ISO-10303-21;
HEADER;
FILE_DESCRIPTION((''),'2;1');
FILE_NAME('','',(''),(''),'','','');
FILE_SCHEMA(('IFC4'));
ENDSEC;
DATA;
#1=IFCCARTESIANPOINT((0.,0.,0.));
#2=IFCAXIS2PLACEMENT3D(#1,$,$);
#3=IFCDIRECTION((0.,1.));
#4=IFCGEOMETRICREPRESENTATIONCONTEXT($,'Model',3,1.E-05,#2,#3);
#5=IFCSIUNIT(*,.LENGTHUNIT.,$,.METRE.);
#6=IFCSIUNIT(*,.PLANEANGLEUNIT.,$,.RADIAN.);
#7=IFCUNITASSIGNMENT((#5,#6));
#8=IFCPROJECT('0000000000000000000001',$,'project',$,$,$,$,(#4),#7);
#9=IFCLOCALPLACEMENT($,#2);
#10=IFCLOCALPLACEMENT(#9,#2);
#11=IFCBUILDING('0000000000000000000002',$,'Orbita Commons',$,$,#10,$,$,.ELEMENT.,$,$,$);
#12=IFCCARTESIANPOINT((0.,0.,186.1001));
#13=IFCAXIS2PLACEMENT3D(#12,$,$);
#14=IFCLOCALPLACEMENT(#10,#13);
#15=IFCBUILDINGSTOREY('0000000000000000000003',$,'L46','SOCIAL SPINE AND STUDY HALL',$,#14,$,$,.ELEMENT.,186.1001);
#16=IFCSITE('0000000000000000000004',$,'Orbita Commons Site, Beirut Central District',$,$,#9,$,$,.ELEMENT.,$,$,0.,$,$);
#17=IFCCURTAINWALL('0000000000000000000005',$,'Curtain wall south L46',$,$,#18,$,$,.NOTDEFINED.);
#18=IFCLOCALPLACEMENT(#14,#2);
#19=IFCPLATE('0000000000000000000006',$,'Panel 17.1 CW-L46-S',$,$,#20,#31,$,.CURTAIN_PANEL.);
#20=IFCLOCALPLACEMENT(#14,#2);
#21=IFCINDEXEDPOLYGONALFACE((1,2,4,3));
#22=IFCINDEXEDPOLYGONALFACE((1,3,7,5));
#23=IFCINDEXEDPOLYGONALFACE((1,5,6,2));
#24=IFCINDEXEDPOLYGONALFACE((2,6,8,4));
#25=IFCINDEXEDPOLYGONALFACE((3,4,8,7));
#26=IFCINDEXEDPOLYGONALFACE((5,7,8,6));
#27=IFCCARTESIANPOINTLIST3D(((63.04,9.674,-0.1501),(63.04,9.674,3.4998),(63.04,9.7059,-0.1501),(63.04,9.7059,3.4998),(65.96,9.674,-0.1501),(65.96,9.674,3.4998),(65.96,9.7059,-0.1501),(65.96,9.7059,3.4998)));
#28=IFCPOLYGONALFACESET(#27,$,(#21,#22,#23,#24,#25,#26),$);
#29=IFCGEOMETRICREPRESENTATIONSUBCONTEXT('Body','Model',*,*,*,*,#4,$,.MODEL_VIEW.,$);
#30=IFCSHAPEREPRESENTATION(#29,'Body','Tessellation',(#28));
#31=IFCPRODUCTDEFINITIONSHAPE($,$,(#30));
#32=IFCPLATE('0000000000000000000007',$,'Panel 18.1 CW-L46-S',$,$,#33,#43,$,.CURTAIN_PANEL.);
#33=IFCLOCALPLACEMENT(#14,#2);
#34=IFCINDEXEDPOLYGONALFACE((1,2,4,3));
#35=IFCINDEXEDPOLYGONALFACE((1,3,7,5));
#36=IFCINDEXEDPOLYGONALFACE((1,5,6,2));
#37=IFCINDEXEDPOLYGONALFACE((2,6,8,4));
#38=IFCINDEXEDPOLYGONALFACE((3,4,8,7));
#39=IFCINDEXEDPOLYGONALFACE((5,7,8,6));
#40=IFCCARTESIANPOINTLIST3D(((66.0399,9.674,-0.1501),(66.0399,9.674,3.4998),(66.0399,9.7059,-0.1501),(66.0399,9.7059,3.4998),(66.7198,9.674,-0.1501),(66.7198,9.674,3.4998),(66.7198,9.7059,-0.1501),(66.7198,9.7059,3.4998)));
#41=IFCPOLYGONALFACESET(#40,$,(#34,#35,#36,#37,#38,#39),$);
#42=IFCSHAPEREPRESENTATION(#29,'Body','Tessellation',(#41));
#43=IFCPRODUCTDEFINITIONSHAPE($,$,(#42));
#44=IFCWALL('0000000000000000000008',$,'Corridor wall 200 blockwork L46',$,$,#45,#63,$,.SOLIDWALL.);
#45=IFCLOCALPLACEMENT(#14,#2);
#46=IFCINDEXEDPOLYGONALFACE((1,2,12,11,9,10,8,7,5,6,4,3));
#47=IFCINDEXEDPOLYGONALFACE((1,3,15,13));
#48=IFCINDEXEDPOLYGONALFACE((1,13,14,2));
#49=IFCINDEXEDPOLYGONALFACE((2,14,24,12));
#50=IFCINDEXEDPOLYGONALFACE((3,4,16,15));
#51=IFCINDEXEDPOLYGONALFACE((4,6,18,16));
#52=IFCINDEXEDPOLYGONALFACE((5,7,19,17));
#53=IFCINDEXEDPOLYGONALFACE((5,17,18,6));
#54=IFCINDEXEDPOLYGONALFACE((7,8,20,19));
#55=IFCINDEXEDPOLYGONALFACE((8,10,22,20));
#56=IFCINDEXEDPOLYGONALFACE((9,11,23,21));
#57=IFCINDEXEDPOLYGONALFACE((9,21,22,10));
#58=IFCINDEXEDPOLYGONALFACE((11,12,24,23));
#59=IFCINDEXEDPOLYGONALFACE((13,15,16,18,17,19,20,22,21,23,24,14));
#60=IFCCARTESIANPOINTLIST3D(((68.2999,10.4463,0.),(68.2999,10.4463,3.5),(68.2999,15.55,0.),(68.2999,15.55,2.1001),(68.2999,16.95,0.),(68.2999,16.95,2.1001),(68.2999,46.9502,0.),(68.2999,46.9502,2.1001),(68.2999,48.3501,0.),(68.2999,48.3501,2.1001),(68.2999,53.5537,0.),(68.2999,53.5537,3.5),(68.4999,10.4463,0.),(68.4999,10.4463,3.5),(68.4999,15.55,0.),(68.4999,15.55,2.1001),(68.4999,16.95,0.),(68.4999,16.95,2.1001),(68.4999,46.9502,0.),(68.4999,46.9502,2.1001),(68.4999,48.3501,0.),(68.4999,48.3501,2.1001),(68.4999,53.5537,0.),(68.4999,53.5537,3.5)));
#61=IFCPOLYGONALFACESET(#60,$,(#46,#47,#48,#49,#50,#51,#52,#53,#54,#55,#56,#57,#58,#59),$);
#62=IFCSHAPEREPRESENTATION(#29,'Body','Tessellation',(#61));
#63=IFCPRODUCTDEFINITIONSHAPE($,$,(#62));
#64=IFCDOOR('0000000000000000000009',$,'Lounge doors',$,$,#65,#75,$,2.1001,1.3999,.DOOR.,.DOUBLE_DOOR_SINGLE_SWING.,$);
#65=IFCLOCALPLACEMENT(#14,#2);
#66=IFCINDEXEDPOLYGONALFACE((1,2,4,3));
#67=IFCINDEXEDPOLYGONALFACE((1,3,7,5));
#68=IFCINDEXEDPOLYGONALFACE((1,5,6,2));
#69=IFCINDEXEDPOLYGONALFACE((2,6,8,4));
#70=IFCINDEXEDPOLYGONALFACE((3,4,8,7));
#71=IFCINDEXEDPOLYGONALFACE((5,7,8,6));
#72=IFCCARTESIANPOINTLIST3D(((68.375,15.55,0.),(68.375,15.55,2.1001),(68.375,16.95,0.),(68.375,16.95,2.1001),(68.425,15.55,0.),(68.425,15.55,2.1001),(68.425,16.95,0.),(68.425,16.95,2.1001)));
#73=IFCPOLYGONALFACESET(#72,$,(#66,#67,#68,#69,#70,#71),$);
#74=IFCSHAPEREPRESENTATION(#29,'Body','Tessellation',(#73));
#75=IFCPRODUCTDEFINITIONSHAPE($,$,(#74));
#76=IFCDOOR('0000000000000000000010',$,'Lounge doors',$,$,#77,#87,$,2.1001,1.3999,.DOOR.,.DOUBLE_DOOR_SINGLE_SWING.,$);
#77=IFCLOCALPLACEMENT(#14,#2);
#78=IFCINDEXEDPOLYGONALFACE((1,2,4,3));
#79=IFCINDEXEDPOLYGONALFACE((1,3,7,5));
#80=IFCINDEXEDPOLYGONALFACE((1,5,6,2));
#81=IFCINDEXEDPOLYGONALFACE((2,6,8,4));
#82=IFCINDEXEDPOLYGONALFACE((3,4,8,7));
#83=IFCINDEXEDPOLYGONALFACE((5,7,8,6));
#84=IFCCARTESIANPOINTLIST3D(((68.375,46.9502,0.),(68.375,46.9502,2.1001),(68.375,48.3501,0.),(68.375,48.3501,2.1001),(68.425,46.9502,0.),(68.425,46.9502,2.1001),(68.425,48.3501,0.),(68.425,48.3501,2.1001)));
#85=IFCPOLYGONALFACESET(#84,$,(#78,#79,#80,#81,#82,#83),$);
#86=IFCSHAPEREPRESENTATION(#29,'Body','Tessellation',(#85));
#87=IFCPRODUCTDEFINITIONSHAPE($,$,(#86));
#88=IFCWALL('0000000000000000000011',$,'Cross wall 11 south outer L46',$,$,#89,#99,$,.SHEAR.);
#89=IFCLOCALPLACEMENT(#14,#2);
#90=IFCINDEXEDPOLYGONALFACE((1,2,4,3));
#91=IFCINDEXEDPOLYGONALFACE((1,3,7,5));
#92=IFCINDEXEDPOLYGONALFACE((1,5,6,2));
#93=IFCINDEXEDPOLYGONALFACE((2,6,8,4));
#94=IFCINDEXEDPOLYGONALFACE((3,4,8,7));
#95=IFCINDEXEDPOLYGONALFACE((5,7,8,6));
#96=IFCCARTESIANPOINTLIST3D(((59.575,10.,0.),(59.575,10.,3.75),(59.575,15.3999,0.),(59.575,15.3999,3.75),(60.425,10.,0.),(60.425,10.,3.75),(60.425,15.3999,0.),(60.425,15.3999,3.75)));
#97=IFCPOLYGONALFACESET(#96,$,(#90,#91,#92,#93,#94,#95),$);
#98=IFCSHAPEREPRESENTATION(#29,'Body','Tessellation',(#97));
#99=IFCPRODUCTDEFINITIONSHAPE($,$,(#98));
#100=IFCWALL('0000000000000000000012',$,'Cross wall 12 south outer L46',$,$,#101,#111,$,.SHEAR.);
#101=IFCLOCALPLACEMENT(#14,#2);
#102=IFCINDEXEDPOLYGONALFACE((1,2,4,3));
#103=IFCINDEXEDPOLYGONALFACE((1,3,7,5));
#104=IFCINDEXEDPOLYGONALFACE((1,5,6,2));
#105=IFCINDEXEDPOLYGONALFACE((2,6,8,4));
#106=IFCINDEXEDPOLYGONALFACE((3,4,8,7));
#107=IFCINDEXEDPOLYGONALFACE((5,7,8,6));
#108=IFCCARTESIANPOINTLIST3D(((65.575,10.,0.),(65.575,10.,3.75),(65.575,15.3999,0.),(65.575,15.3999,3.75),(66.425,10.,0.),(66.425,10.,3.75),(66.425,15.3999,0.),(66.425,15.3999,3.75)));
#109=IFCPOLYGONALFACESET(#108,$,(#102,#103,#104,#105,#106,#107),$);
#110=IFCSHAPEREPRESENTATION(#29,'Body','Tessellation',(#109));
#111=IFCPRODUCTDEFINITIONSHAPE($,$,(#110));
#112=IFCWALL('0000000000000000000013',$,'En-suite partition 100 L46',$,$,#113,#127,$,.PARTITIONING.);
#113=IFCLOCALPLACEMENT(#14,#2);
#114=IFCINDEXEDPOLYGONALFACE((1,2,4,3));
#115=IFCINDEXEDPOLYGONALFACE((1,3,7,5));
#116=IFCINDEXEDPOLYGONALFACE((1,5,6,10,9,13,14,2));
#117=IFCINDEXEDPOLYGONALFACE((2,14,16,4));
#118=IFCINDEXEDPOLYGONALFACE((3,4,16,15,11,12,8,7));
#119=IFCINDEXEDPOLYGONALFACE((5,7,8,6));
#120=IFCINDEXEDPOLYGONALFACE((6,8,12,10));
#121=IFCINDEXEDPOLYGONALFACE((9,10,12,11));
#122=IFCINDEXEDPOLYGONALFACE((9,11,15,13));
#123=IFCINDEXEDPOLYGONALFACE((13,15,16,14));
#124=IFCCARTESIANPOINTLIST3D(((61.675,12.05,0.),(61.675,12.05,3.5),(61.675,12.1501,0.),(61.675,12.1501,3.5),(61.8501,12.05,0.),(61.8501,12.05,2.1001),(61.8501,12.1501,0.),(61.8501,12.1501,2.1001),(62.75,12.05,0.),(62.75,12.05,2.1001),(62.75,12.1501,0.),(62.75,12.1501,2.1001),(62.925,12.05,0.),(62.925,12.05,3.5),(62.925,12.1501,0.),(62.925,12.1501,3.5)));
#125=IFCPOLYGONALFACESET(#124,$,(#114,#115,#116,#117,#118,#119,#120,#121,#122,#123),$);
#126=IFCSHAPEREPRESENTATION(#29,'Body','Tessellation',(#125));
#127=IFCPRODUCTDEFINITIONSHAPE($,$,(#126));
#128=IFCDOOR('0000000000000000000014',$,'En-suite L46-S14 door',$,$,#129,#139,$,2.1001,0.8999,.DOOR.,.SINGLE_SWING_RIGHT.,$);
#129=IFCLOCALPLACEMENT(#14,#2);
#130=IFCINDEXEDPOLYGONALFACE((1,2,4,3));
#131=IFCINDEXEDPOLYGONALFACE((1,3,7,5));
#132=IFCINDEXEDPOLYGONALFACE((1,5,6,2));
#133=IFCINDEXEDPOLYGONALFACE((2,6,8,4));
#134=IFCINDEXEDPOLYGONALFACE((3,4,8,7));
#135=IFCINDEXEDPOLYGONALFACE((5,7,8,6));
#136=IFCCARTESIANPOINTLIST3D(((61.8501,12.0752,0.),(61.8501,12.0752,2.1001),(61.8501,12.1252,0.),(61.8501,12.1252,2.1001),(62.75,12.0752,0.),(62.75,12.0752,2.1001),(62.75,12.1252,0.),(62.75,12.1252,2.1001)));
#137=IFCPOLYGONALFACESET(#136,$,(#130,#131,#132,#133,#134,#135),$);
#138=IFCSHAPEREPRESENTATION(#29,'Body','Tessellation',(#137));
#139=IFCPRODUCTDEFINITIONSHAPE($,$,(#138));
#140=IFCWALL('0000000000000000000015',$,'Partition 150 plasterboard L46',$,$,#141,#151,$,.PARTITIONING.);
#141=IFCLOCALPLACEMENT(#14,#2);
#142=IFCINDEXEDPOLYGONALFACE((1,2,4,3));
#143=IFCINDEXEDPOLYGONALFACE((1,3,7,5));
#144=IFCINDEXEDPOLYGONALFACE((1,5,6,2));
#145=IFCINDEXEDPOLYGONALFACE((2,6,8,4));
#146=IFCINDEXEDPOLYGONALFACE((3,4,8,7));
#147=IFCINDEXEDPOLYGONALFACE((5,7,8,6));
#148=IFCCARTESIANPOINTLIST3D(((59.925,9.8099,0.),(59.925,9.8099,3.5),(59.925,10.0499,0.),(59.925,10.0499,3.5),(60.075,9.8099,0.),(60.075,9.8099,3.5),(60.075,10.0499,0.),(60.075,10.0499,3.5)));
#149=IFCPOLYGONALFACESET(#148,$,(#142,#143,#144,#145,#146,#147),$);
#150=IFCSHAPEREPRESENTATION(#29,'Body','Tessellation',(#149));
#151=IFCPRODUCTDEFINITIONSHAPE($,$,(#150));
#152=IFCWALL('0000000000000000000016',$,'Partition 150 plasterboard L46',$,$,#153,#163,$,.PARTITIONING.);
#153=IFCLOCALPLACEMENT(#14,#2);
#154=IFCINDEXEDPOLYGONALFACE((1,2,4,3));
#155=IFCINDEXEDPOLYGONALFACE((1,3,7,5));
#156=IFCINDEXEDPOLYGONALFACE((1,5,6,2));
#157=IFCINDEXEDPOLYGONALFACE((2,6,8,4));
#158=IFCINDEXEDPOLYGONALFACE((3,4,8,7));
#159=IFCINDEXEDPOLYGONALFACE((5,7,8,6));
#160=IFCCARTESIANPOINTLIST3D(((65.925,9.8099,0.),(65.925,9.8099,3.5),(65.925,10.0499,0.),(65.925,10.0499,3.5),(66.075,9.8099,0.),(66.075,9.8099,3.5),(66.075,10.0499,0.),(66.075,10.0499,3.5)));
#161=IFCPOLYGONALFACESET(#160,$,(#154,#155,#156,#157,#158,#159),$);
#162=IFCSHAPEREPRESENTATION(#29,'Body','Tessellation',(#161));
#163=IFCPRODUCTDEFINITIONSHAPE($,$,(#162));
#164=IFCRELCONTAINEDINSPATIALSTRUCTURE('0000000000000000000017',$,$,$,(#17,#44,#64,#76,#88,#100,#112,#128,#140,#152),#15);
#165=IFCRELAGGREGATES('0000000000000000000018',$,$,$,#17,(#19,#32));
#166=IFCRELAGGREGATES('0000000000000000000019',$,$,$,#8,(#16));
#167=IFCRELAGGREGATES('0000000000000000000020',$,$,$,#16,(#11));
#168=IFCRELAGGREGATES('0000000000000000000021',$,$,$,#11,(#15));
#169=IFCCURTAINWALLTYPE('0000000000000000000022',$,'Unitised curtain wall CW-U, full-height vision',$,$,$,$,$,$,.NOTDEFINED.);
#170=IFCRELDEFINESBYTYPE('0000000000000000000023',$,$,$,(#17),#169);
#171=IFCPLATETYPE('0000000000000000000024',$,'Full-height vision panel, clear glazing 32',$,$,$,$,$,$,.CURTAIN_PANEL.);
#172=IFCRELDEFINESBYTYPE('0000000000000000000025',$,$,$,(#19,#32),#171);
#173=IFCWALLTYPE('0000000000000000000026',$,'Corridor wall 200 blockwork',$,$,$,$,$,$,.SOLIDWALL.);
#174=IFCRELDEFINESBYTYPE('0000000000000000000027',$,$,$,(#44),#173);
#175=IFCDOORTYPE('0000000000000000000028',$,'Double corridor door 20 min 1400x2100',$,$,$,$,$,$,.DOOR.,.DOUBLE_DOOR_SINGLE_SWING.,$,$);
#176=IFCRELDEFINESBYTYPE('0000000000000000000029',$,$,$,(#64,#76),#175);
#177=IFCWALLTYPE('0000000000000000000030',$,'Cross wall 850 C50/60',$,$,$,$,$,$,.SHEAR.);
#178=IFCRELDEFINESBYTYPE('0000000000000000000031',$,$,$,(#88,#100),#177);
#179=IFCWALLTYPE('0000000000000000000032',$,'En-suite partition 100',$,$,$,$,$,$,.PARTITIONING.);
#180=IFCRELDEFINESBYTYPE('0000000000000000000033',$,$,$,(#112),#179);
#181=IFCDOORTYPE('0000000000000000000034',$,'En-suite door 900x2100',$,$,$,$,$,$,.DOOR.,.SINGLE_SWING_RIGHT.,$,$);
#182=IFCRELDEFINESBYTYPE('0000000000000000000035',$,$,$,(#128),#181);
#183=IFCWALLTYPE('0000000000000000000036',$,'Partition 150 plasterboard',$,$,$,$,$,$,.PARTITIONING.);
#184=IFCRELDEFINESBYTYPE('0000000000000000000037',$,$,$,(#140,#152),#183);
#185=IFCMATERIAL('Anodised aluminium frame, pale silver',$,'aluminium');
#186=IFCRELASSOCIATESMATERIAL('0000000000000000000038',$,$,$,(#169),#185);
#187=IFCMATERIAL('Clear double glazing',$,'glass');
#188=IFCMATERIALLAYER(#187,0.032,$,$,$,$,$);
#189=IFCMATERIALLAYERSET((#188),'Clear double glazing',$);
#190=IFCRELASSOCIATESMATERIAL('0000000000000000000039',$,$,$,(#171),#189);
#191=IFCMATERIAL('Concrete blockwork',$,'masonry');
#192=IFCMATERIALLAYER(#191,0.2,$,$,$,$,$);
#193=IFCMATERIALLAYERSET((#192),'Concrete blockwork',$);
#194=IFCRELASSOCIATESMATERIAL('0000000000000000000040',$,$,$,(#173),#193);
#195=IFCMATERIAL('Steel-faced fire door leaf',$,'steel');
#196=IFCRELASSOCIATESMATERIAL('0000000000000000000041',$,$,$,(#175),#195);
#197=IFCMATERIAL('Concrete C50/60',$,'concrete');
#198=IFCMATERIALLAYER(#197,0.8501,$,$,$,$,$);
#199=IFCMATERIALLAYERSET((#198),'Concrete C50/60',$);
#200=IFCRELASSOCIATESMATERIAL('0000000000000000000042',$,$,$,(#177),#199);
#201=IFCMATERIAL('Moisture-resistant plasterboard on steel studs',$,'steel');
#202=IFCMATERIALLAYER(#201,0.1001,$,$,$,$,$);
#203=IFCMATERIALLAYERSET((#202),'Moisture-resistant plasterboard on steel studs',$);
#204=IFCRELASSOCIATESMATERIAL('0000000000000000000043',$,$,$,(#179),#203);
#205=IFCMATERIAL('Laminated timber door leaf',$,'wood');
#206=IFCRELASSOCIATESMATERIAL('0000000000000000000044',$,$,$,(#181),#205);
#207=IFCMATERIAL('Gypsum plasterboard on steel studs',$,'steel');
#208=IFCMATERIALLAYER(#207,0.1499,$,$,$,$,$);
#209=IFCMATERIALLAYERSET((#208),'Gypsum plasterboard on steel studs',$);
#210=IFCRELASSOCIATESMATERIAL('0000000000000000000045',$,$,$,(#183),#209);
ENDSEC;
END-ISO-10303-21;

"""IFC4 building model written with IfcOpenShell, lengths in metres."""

from ifc_helpers import new_model, si_unit, direction, frame, frame_2d, origin, origin_2d, place, context, subcontext, project, spatial, rectangle, extrude, material, layer, layer_set, type_object, element, fill, aggregate, save


model = new_model("IFC4")

# Units and contexts
model_context = context("Model", 3, precision=1e-05, world=origin(), true_north=direction((0.0, 1.0)))
body_context = subcontext(model_context, "Body", "Model", "MODEL_VIEW")
ifc_project = project(units=[si_unit("LENGTHUNIT", "METRE"), si_unit("PLANEANGLEUNIT", "RADIAN")], contexts=[model_context])

# Site, building, storey
site_placement = place(None, origin())
site = spatial("IfcSite", under=ifc_project, at=site_placement, Name="Orbita Commons Site, Beirut Central District", CompositionType="ELEMENT", RefElevation=0.0)
building_placement = place(site_placement, origin())
building = spatial("IfcBuilding", under=site, at=building_placement, Name="Orbita Commons", CompositionType="ELEMENT")
storey_placement = place(building_placement, frame((0.0, 0.0, 186.1001)))
storey = spatial("IfcBuildingStorey", under=building, at=storey_placement, Name="L46", Description="SOCIAL SPINE AND STUDY HALL", CompositionType="ELEMENT", Elevation=186.1001)

# Curtain wall
ifc_material_1 = material(Name="Anodised aluminium frame, pale silver", Category="aluminium")
curtain_wall_type = type_object("IfcCurtainWallType", Name="Unitised curtain wall CW-U, full-height vision", PredefinedType="NOTDEFINED", material=ifc_material_1)
curtain_wall_placement = place(storey_placement, origin())
curtain_wall = element("IfcCurtainWall", 1, at=curtain_wall_placement, inside=storey, type_object=curtain_wall_type, Name="Curtain wall south L46", PredefinedType="NOTDEFINED")

# Plates
ifc_material_2 = material(Name="Clear double glazing", Category="glass")
ifc_layer_1 = layer(ifc_material_2, 0.032)
ifc_layer_set_1 = layer_set([ifc_layer_1], Name="Clear double glazing")
plate_type = type_object("IfcPlateType", Name="Full-height vision panel, clear glazing 32", PredefinedType="CURTAIN_PANEL", material=ifc_layer_set_1)
plate_1_placement = place(storey_placement, frame((64.5, 9.6899, -0.1501), z_axis=(0.0, 0.0, 1.0), x_axis=(1.0, 0.0, 0.0)))
plate_1 = element("IfcPlate", 2, at=plate_1_placement, type_object=plate_type, Name="Panel 17.1 CW-L46-S", PredefinedType="CURTAIN_PANEL", context=body_context, shape_type="SweptSolid", body=[
    extrude(rectangle(XDim=2.9199, YDim=0.032, at=origin_2d()), origin(), (0.0, 0.0, 1.0), 3.6499),
])
plate_2_placement = place(storey_placement, frame((66.3799, 9.6899, -0.1501), z_axis=(0.0, 0.0, 1.0), x_axis=(1.0, 0.0, 0.0)))
plate_2 = element("IfcPlate", 3, at=plate_2_placement, type_object=plate_type, Name="Panel 18.1 CW-L46-S", PredefinedType="CURTAIN_PANEL", context=body_context, shape_type="SweptSolid", body=[
    extrude(rectangle(XDim=0.6799, YDim=0.032, at=origin_2d()), origin(), (0.0, 0.0, 1.0), 3.6499),
])
aggregate(curtain_wall, [plate_1, plate_2])

# Wall, openings, doors
ifc_material_3 = material(Name="Concrete blockwork", Category="masonry")
ifc_layer_2 = layer(ifc_material_3, 0.2)
ifc_layer_set_2 = layer_set([ifc_layer_2], Name="Concrete blockwork")
wall_type_1 = type_object("IfcWallType", Name="Corridor wall 200 blockwork", PredefinedType="SOLIDWALL", material=ifc_layer_set_2)
wall_1_placement = place(storey_placement, frame((68.3999, 10.4463, 0.0), z_axis=(0.0, 0.0, 1.0), x_axis=(0.0, 1.0, 0.0)))
wall_1 = element("IfcWall", 4, at=wall_1_placement, inside=storey, type_object=wall_type_1, Name="Corridor wall 200 blockwork L46", PredefinedType="SOLIDWALL", context=body_context, shape_type="SweptSolid", body=[
    extrude(rectangle(XDim=43.1074, YDim=0.2, at=frame_2d((21.5537, 0.0))), origin(), (0.0, 0.0, 1.0), 3.5),
])
opening_1_placement = place(wall_1_placement, frame((5.1038, 0.0, 0.0)))
opening_1 = element("IfcOpeningElement", 5, at=opening_1_placement, cuts=wall_1, PredefinedType="OPENING", context=body_context, shape_type="SweptSolid", body=[
    extrude(rectangle(XDim=1.3999, YDim=2.1001, at=frame_2d((0.7, 1.05))), frame((0.0, 0.1099, 0.0), z_axis=(0.0, -1.0, 0.0), x_axis=(1.0, 0.0, 0.0)), (0.0, 0.0, 1.0), 0.22),
])
opening_2_placement = place(wall_1_placement, frame((36.5039, 0.0, 0.0)))
opening_2 = element("IfcOpeningElement", 6, at=opening_2_placement, cuts=wall_1, PredefinedType="OPENING", context=body_context, shape_type="SweptSolid", body=[
    extrude(rectangle(XDim=1.3999, YDim=2.1001, at=frame_2d((0.7, 1.05))), frame((0.0, 0.1099, 0.0), z_axis=(0.0, -1.0, 0.0), x_axis=(1.0, 0.0, 0.0)), (0.0, 0.0, 1.0), 0.22),
])
ifc_material_4 = material(Name="Steel-faced fire door leaf", Category="steel")
door_type_1 = type_object("IfcDoorType", Name="Double corridor door 20 min 1400x2100", OperationType="DOUBLE_DOOR_SINGLE_SWING", PredefinedType="DOOR", material=ifc_material_4)
door_1_placement = place(opening_1_placement, origin())
door_1 = element("IfcDoor", 7, at=door_1_placement, inside=storey, type_object=door_type_1, Name="Lounge doors", OperationType="DOUBLE_DOOR_SINGLE_SWING", OverallHeight=2.1001, OverallWidth=1.3999, PredefinedType="DOOR", context=body_context, shape_type="SweptSolid", body=[
    extrude(rectangle(XDim=1.3999, YDim=2.1001, at=frame_2d((0.7, 1.05))), frame((0.0, 0.0249, 0.0), z_axis=(0.0, -1.0, 0.0), x_axis=(1.0, 0.0, 0.0)), (0.0, 0.0, 1.0), 0.05),
])
fill(opening_1, door_1)
door_2_placement = place(opening_2_placement, origin())
door_2 = element("IfcDoor", 8, at=door_2_placement, inside=storey, type_object=door_type_1, Name="Lounge doors", OperationType="DOUBLE_DOOR_SINGLE_SWING", OverallHeight=2.1001, OverallWidth=1.3999, PredefinedType="DOOR", context=body_context, shape_type="SweptSolid", body=[
    extrude(rectangle(XDim=1.3999, YDim=2.1001, at=frame_2d((0.7, 1.05))), frame((0.0, 0.0249, 0.0), z_axis=(0.0, -1.0, 0.0), x_axis=(1.0, 0.0, 0.0)), (0.0, 0.0, 1.0), 0.05),
])
fill(opening_2, door_2)

# Walls
ifc_material_5 = material(Name="Concrete C50/60", Category="concrete")
ifc_layer_3 = layer(ifc_material_5, 0.8501)
ifc_layer_set_3 = layer_set([ifc_layer_3], Name="Concrete C50/60")
wall_type_2 = type_object("IfcWallType", Name="Cross wall 850 C50/60", PredefinedType="SHEAR", material=ifc_layer_set_3)
for number, where, z_axis, x_axis, name in (
    (9, (60.0, 10.0, 0.0), (0.0, 0.0, 1.0), (0.0, 1.0, 0.0), "Cross wall 11 south outer L46"),
    (10, (66.0, 10.0, 0.0), (0.0, 0.0, 1.0), (0.0, 1.0, 0.0), "Cross wall 12 south outer L46"),
):
    element("IfcWall", number, at=place(storey_placement, frame(where, z_axis=z_axis, x_axis=x_axis)), inside=storey, type_object=wall_type_2, Name=name, PredefinedType="SHEAR", context=body_context, shape_type="SweptSolid", body=[
        extrude(rectangle(XDim=5.3999, YDim=0.8501, at=frame_2d((2.7, 0.0))), origin(), (0.0, 0.0, 1.0), 3.75),
    ])

# Wall, opening, door
ifc_material_6 = material(Name="Moisture-resistant plasterboard on steel studs", Category="steel")
ifc_layer_4 = layer(ifc_material_6, 0.1001)
ifc_layer_set_4 = layer_set([ifc_layer_4], Name="Moisture-resistant plasterboard on steel studs")
wall_type_3 = type_object("IfcWallType", Name="En-suite partition 100", PredefinedType="PARTITIONING", material=ifc_layer_set_4)
wall_2_placement = place(storey_placement, frame((62.925, 12.1001, 0.0), z_axis=(0.0, 0.0, 1.0), x_axis=(-1.0, 0.0, 0.0)))
wall_2 = element("IfcWall", 11, at=wall_2_placement, inside=storey, type_object=wall_type_3, Name="En-suite partition 100 L46", PredefinedType="PARTITIONING", context=body_context, shape_type="SweptSolid", body=[
    extrude(rectangle(XDim=1.25, YDim=0.1001, at=frame_2d((0.625, 0.0))), origin(), (0.0, 0.0, 1.0), 3.5),
])
opening_3_placement = place(wall_2_placement, frame((0.175, 0.0, 0.0)))
opening_3 = element("IfcOpeningElement", 12, at=opening_3_placement, cuts=wall_2, PredefinedType="OPENING", context=body_context, shape_type="SweptSolid", body=[
    extrude(rectangle(XDim=0.8999, YDim=2.1001, at=frame_2d((0.45, 1.05))), frame((0.0, 0.0601, 0.0), z_axis=(0.0, -1.0, 0.0), x_axis=(1.0, 0.0, 0.0)), (0.0, 0.0, 1.0), 0.1201),
])
ifc_material_7 = material(Name="Laminated timber door leaf", Category="wood")
door_type_2 = type_object("IfcDoorType", Name="En-suite door 900x2100", OperationType="SINGLE_SWING_RIGHT", PredefinedType="DOOR", material=ifc_material_7)
door_3_placement = place(opening_3_placement, origin())
door_3 = element("IfcDoor", 13, at=door_3_placement, inside=storey, type_object=door_type_2, Name="En-suite L46-S14 door", OperationType="SINGLE_SWING_RIGHT", OverallHeight=2.1001, OverallWidth=0.8999, PredefinedType="DOOR", context=body_context, shape_type="SweptSolid", body=[
    extrude(rectangle(XDim=0.8999, YDim=2.1001, at=frame_2d((0.45, 1.05))), frame((0.0, 0.0249, 0.0), z_axis=(0.0, -1.0, 0.0), x_axis=(1.0, 0.0, 0.0)), (0.0, 0.0, 1.0), 0.05),
])
fill(opening_3, door_3)

# Walls
ifc_material_8 = material(Name="Gypsum plasterboard on steel studs", Category="steel")
ifc_layer_5 = layer(ifc_material_8, 0.1499)
ifc_layer_set_5 = layer_set([ifc_layer_5], Name="Gypsum plasterboard on steel studs")
wall_type_4 = type_object("IfcWallType", Name="Partition 150 plasterboard", PredefinedType="PARTITIONING", material=ifc_layer_set_5)
for number, where, z_axis, x_axis, name in (
    (14, (60.0, 10.05, 0.0), (0.0, 0.0, 1.0), (0.0, -1.0, 0.0), "Partition 150 plasterboard L46"),
    (15, (66.0, 10.05, 0.0), (0.0, 0.0, 1.0), (0.0, -1.0, 0.0), "Partition 150 plasterboard L46"),
):
    element("IfcWall", number, at=place(storey_placement, frame(where, z_axis=z_axis, x_axis=x_axis)), inside=storey, type_object=wall_type_4, Name=name, PredefinedType="PARTITIONING", context=body_context, shape_type="SweptSolid", body=[
        extrude(rectangle(XDim=0.24, YDim=0.1499, at=frame_2d((0.1201, 0.0))), origin(), (0.0, 0.0, 1.0), 3.5),
    ])

save(model, "model.ifc")
